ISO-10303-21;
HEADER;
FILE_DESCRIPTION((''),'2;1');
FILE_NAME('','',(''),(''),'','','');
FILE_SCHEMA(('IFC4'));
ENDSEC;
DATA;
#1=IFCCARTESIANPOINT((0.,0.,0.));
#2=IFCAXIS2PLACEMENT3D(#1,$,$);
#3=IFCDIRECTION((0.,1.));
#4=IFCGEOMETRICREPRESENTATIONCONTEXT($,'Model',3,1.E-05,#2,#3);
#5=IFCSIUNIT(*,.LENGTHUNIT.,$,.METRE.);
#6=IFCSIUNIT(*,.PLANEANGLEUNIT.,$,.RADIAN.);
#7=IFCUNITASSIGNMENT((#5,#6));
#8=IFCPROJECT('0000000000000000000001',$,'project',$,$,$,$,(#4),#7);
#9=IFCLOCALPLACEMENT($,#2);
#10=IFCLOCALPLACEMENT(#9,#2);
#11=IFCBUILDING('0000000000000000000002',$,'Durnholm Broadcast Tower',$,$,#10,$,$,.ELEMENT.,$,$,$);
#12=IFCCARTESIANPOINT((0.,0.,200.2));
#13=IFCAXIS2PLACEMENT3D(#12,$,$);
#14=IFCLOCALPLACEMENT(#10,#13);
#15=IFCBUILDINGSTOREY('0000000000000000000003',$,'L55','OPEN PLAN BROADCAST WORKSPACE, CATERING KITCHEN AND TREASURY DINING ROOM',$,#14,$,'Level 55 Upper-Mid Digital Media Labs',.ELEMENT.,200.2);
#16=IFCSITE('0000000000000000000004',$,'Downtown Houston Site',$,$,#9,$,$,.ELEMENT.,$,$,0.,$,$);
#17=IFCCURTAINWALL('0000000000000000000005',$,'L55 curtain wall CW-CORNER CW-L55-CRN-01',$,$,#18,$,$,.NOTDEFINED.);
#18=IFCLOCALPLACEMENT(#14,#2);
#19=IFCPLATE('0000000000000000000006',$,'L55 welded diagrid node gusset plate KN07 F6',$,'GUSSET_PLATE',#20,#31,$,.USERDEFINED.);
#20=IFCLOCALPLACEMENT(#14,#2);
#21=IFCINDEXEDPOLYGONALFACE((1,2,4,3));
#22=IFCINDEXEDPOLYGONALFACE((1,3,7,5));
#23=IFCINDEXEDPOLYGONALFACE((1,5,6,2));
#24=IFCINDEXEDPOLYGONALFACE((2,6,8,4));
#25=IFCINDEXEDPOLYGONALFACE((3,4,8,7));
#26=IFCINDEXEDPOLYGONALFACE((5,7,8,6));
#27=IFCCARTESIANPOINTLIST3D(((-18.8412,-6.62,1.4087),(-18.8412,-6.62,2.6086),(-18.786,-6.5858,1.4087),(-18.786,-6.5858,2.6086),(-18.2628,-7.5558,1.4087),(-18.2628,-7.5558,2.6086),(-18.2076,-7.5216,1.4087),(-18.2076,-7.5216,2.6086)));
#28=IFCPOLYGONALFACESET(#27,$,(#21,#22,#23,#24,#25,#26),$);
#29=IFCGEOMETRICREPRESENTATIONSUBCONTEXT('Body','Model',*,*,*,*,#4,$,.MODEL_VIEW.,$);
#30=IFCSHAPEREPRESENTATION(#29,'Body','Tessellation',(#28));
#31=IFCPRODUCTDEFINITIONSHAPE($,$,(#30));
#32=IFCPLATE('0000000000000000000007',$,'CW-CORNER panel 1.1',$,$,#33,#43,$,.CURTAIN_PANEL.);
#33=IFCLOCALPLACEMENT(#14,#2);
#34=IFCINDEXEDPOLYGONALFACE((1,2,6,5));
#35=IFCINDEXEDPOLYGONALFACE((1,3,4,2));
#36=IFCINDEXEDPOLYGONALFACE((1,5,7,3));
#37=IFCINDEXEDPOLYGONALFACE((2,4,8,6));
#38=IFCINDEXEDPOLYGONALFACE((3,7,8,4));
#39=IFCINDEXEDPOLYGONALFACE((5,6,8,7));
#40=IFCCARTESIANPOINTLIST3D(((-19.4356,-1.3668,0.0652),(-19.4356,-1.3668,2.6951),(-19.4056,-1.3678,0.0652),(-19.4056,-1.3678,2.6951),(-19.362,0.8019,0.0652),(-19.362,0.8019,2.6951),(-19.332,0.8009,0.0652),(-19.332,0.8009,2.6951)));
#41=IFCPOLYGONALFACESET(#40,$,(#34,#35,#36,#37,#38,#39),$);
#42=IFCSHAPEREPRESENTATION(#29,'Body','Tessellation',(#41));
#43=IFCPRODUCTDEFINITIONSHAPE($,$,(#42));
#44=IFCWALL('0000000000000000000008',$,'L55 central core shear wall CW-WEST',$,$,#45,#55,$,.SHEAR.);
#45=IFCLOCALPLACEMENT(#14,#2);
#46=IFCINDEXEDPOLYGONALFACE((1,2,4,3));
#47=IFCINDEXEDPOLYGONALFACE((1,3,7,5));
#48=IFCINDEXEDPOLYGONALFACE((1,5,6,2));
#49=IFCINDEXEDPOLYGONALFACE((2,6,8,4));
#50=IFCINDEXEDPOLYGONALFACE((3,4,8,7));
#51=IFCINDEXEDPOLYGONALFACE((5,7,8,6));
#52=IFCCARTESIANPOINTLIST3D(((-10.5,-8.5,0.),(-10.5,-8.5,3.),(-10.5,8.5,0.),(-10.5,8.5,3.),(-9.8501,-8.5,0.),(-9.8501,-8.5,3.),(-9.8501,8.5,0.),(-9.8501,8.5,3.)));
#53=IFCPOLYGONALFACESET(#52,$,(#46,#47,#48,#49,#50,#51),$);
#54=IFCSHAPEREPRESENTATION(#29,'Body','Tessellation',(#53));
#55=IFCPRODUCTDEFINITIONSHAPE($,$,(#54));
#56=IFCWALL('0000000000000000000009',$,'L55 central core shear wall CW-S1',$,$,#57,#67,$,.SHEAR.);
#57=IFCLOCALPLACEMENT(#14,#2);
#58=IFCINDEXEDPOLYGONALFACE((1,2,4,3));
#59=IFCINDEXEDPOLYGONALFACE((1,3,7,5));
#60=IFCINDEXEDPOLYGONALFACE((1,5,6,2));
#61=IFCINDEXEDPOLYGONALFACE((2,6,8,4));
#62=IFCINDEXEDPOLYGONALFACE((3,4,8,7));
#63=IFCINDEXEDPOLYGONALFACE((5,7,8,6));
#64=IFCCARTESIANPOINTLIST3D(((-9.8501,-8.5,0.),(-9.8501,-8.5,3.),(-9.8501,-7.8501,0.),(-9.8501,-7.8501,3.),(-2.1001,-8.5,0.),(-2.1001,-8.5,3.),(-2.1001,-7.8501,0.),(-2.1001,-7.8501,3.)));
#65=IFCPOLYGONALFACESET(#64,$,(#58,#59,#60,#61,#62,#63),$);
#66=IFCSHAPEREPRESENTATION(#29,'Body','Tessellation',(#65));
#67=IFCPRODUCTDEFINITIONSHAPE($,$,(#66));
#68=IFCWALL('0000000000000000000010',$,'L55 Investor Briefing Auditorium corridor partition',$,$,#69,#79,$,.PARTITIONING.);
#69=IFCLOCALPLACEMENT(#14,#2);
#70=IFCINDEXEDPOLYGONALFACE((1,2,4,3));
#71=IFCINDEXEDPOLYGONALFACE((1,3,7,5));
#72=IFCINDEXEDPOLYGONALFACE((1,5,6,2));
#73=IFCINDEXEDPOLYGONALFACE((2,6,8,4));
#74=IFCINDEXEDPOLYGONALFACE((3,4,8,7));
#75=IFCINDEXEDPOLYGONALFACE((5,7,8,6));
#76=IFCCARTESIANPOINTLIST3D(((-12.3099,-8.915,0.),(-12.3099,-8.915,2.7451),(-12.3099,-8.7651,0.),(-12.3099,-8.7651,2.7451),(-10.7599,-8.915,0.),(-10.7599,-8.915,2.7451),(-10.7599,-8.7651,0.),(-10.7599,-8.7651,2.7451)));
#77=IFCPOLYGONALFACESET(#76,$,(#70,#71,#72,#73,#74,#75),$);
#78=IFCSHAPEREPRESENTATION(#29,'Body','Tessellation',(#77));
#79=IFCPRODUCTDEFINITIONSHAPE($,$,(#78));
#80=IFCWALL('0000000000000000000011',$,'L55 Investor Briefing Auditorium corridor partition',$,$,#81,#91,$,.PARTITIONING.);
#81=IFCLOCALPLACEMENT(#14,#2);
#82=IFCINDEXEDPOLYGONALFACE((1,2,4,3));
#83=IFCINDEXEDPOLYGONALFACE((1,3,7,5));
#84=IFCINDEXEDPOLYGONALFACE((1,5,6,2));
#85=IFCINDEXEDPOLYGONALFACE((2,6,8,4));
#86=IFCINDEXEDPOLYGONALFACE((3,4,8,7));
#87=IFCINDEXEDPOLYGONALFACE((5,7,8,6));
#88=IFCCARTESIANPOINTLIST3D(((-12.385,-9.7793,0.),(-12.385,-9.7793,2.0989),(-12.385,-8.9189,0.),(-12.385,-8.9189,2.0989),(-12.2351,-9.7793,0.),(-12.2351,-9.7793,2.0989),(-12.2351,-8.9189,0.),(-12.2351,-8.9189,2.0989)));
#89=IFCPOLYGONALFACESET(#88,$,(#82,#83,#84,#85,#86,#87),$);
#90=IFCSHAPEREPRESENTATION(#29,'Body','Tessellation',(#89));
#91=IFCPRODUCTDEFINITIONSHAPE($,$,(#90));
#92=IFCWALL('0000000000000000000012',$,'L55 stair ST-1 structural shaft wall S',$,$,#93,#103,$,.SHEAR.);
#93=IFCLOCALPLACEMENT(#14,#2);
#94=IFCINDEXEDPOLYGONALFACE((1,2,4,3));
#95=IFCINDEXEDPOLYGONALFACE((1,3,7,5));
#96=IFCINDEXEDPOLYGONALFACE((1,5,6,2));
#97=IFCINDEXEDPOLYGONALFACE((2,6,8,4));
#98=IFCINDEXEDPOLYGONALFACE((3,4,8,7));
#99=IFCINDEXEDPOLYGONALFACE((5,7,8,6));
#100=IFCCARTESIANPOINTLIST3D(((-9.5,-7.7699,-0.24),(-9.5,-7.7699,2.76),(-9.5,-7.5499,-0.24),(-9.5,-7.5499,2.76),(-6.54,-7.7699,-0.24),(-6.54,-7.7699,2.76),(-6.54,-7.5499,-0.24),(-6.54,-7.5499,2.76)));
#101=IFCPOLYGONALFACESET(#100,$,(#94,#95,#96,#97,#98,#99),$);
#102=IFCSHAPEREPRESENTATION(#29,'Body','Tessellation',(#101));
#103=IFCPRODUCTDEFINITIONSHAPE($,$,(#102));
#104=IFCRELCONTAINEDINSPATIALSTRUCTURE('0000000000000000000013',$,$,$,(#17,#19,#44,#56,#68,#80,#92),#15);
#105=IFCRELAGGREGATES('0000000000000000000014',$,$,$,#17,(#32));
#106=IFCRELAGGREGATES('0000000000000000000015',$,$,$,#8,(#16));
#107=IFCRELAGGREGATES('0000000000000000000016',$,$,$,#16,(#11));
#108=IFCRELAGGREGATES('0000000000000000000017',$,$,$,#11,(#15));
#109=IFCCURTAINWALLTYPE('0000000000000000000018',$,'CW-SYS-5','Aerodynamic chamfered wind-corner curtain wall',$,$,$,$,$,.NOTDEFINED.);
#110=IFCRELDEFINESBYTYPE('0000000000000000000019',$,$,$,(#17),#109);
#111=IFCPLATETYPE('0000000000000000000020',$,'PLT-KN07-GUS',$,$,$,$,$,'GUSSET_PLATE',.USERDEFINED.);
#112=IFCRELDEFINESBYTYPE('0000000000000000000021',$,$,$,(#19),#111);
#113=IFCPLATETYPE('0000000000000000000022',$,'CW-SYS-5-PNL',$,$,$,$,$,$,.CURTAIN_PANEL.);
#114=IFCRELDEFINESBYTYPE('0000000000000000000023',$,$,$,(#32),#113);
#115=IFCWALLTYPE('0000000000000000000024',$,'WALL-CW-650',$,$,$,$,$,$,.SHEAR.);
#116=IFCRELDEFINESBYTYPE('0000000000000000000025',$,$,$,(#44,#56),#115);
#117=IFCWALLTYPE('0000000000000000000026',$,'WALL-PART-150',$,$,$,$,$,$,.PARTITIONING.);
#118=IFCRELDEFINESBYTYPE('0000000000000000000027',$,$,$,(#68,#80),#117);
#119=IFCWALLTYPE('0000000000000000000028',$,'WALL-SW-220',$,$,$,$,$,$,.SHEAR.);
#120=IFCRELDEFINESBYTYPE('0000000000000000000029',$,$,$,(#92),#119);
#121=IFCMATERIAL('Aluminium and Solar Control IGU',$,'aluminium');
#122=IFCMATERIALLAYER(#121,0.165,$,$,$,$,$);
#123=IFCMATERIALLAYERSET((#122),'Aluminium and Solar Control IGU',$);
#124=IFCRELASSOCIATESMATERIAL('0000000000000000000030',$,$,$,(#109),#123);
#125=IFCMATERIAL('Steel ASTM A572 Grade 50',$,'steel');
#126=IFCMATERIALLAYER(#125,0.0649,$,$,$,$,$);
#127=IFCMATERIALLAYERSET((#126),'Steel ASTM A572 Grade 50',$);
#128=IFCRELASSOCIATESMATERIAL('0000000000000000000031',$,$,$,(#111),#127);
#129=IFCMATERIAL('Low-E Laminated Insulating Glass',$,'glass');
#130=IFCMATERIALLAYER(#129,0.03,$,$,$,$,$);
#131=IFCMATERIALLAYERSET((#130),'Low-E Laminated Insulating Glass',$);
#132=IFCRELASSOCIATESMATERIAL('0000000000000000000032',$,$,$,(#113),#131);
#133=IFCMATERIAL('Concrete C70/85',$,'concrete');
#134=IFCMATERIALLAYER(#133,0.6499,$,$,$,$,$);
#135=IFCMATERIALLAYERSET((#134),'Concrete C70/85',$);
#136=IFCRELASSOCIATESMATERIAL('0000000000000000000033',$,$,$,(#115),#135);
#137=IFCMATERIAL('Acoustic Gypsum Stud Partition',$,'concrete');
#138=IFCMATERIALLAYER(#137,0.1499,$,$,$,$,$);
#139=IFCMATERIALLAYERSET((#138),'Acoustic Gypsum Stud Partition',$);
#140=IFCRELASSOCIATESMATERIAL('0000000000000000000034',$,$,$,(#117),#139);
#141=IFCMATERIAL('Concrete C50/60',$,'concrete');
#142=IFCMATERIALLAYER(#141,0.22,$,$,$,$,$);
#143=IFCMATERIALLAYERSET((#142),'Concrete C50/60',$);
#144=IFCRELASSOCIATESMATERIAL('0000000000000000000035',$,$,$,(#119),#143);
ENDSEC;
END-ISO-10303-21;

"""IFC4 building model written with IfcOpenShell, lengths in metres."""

from ifc_helpers import new_model, si_unit, direction, frame, frame_2d, origin, origin_2d, place, context, subcontext, project, spatial, rectangle, extrude, source, transform, mapped, material, layer, layer_set, type_object, type_shapes, element, aggregate, save


model = new_model("IFC4")

# Units and contexts
model_context = context("Model", 3, precision=1e-05, world=origin(), true_north=direction((0.0, 1.0)))
body_context = subcontext(model_context, "Body", "Model", "MODEL_VIEW")
ifc_project = project(units=[si_unit("LENGTHUNIT", "METRE"), si_unit("PLANEANGLEUNIT", "RADIAN")], contexts=[model_context])

# Site, building, storey
site_placement = place(None, origin())
site = spatial("IfcSite", under=ifc_project, at=site_placement, Name="Downtown Houston Site", CompositionType="ELEMENT", RefElevation=0.0)
building_placement = place(site_placement, origin())
building = spatial("IfcBuilding", under=site, at=building_placement, Name="Durnholm Broadcast Tower", CompositionType="ELEMENT")
storey_placement = place(building_placement, frame((0.0, 0.0, 200.2)))
storey = spatial("IfcBuildingStorey", under=building, at=storey_placement, Name="L55", Description="OPEN PLAN BROADCAST WORKSPACE, CATERING KITCHEN AND TREASURY DINING ROOM", LongName="Level 55 Upper-Mid Digital Media Labs", CompositionType="ELEMENT", Elevation=200.2)

# Shared definitions
ifc_material_1 = material(Name="Concrete C70/85", Category="concrete")

# Curtain wall
ifc_material_2 = material(Name="Aluminium and Solar Control IGU", Category="aluminium")
ifc_layer_1 = layer(ifc_material_2, 0.165)
ifc_layer_set_1 = layer_set([ifc_layer_1], Name="Aluminium and Solar Control IGU")
curtain_wall_type_1 = type_object("IfcCurtainWallType", Name="CW-SYS-5", Description="Aerodynamic chamfered wind-corner curtain wall", PredefinedType="NOTDEFINED", material=ifc_layer_set_1)
curtain_wall_1_placement = place(storey_placement, origin())
curtain_wall_1 = element("IfcCurtainWall", 1, at=curtain_wall_1_placement, inside=storey, type_object=curtain_wall_type_1, Name="L55 curtain wall CW-CORNER CW-L55-CRN-01", PredefinedType="NOTDEFINED")

# Plate
ifc_material_3 = material(Name="Steel ASTM A572 Grade 50", Category="steel")
ifc_layer_2 = layer(ifc_material_3, 0.0649)
ifc_layer_set_2 = layer_set([ifc_layer_2], Name="Steel ASTM A572 Grade 50")
plate_type_1 = type_object("IfcPlateType", Name="PLT-KN07-GUS", ElementType="GUSSET_PLATE", PredefinedType="USERDEFINED", material=ifc_layer_set_2)
shared_shape_1 = source(origin(), body_context, "Body", "SweptSolid", [
    extrude(rectangle(XDim=1.1001, YDim=0.0649, at=origin_2d()), origin(), (0.0, 0.0, 1.0), 1.2),
])
type_shapes(plate_type_1, [shared_shape_1])
plate_1_placement = place(storey_placement, frame((-18.5244, -7.0708, 1.4087), z_axis=(0.0, 0.0, 1.0), x_axis=(0.525769, -0.850628, 0.0)))
element("IfcPlate", 2, at=plate_1_placement, inside=storey, type_object=plate_type_1, Name="L55 welded diagrid node gusset plate KN07 F6", ObjectType="GUSSET_PLATE", PredefinedType="USERDEFINED", context=body_context, shape_type="MappedRepresentation", body=[
    mapped(shared_shape_1, transform((0.0, 0.0, 0.0), x_axis=(1.0, 0.0, 0.0), y_axis=(0.0, 1.0, 0.0), z_axis=(0.0, 0.0, 1.0), scale=1.0)),
])

# Plate
ifc_material_4 = material(Name="Low-E Laminated Insulating Glass", Category="glass")
ifc_layer_3 = layer(ifc_material_4, 0.03)
ifc_layer_set_3 = layer_set([ifc_layer_3], Name="Low-E Laminated Insulating Glass")
plate_type_2 = type_object("IfcPlateType", Name="CW-SYS-5-PNL", PredefinedType="CURTAIN_PANEL", material=ifc_layer_set_3)
shared_shape_2 = source(origin(), body_context, "Body", "SweptSolid", [
    extrude(rectangle(XDim=2.1699, YDim=0.03, at=origin_2d()), origin(), (0.0, 0.0, 1.0), 2.6299),
])
type_shapes(plate_type_2, [shared_shape_2])
plate_2_placement = place(storey_placement, frame((-19.3838, -0.283, 0.0652), z_axis=(0.0, 0.0, 1.0), x_axis=(0.033913, 0.999425, 0.0)))
plate_2 = element("IfcPlate", 3, at=plate_2_placement, type_object=plate_type_2, Name="CW-CORNER panel 1.1", PredefinedType="CURTAIN_PANEL", context=body_context, shape_type="MappedRepresentation", body=[
    mapped(shared_shape_2, transform((0.0, 0.0, 0.0), x_axis=(1.0, 0.0, 0.0), y_axis=(0.0, 1.0, 0.0), z_axis=(0.0, 0.0, 1.0), scale=1.0)),
])
aggregate(curtain_wall_1, [plate_2])

# Walls
ifc_layer_4 = layer(ifc_material_1, 0.6499)
ifc_layer_set_4 = layer_set([ifc_layer_4], Name="Concrete C70/85")
wall_type_1 = type_object("IfcWallType", Name="WALL-CW-650", PredefinedType="SHEAR", material=ifc_layer_set_4)
wall_1_placement = place(storey_placement, frame((-10.175, -8.5, 0.0), z_axis=(0.0, 0.0, 1.0), x_axis=(0.0, 1.0, 0.0)))
element("IfcWall", 4, at=wall_1_placement, inside=storey, type_object=wall_type_1, Name="L55 central core shear wall CW-WEST", PredefinedType="SHEAR", context=body_context, shape_type="SweptSolid", body=[
    extrude(rectangle(XDim=17.0, YDim=0.6499, at=frame_2d((8.5, 0.0))), origin(), (0.0, 0.0, 1.0), 3.0),
])
wall_2_placement = place(storey_placement, frame((-9.8501, -8.175, 0.0), z_axis=(0.0, 0.0, 1.0), x_axis=(1.0, 0.0, 0.0)))
element("IfcWall", 5, at=wall_2_placement, inside=storey, type_object=wall_type_1, Name="L55 central core shear wall CW-S1", PredefinedType="SHEAR", context=body_context, shape_type="SweptSolid", body=[
    extrude(rectangle(XDim=7.75, YDim=0.6499, at=frame_2d((3.875, 0.0))), origin(), (0.0, 0.0, 1.0), 3.0),
])
ifc_material_5 = material(Name="Acoustic Gypsum Stud Partition", Category="concrete")
ifc_layer_5 = layer(ifc_material_5, 0.1499)
ifc_layer_set_5 = layer_set([ifc_layer_5], Name="Acoustic Gypsum Stud Partition")
wall_type_2 = type_object("IfcWallType", Name="WALL-PART-150", PredefinedType="PARTITIONING", material=ifc_layer_set_5)
wall_3_placement = place(storey_placement, frame((-10.76, -8.8401, 0.0), z_axis=(0.0, 0.0, 1.0), x_axis=(-1.0, 0.0, 0.0)))
element("IfcWall", 6, at=wall_3_placement, inside=storey, type_object=wall_type_2, Name="L55 Investor Briefing Auditorium corridor partition", PredefinedType="PARTITIONING", context=body_context, shape_type="SweptSolid", body=[
    extrude(rectangle(XDim=1.55, YDim=0.1499, at=frame_2d((0.7749, 0.0))), origin(), (0.0, 0.0, 1.0), 2.7451),
])
wall_4_placement = place(storey_placement, frame((-12.3101, -8.9189, 0.0), z_axis=(0.0, 0.0, 1.0), x_axis=(0.0, -1.0, 0.0)))
element("IfcWall", 7, at=wall_4_placement, inside=storey, type_object=wall_type_2, Name="L55 Investor Briefing Auditorium corridor partition", PredefinedType="PARTITIONING", context=body_context, shape_type="SweptSolid", body=[
    extrude(rectangle(XDim=0.8604, YDim=0.1499, at=frame_2d((0.4302, 0.0))), origin(), (0.0, 0.0, 1.0), 2.0989),
])
ifc_material_6 = material(Name="Concrete C50/60", Category="concrete")
ifc_layer_6 = layer(ifc_material_6, 0.22)
ifc_layer_set_6 = layer_set([ifc_layer_6], Name="Concrete C50/60")
wall_type_3 = type_object("IfcWallType", Name="WALL-SW-220", PredefinedType="SHEAR", material=ifc_layer_set_6)
wall_5_placement = place(storey_placement, frame((-9.5, -7.6599, -0.24), z_axis=(0.0, 0.0, 1.0), x_axis=(1.0, 0.0, 0.0)))
element("IfcWall", 8, at=wall_5_placement, inside=storey, type_object=wall_type_3, Name="L55 stair ST-1 structural shaft wall S", PredefinedType="SHEAR", context=body_context, shape_type="SweptSolid", body=[
    extrude(rectangle(XDim=2.96, YDim=0.22, at=frame_2d((1.48, 0.0))), origin(), (0.0, 0.0, 1.0), 3.0),
])

save(model, "model.ifc")
